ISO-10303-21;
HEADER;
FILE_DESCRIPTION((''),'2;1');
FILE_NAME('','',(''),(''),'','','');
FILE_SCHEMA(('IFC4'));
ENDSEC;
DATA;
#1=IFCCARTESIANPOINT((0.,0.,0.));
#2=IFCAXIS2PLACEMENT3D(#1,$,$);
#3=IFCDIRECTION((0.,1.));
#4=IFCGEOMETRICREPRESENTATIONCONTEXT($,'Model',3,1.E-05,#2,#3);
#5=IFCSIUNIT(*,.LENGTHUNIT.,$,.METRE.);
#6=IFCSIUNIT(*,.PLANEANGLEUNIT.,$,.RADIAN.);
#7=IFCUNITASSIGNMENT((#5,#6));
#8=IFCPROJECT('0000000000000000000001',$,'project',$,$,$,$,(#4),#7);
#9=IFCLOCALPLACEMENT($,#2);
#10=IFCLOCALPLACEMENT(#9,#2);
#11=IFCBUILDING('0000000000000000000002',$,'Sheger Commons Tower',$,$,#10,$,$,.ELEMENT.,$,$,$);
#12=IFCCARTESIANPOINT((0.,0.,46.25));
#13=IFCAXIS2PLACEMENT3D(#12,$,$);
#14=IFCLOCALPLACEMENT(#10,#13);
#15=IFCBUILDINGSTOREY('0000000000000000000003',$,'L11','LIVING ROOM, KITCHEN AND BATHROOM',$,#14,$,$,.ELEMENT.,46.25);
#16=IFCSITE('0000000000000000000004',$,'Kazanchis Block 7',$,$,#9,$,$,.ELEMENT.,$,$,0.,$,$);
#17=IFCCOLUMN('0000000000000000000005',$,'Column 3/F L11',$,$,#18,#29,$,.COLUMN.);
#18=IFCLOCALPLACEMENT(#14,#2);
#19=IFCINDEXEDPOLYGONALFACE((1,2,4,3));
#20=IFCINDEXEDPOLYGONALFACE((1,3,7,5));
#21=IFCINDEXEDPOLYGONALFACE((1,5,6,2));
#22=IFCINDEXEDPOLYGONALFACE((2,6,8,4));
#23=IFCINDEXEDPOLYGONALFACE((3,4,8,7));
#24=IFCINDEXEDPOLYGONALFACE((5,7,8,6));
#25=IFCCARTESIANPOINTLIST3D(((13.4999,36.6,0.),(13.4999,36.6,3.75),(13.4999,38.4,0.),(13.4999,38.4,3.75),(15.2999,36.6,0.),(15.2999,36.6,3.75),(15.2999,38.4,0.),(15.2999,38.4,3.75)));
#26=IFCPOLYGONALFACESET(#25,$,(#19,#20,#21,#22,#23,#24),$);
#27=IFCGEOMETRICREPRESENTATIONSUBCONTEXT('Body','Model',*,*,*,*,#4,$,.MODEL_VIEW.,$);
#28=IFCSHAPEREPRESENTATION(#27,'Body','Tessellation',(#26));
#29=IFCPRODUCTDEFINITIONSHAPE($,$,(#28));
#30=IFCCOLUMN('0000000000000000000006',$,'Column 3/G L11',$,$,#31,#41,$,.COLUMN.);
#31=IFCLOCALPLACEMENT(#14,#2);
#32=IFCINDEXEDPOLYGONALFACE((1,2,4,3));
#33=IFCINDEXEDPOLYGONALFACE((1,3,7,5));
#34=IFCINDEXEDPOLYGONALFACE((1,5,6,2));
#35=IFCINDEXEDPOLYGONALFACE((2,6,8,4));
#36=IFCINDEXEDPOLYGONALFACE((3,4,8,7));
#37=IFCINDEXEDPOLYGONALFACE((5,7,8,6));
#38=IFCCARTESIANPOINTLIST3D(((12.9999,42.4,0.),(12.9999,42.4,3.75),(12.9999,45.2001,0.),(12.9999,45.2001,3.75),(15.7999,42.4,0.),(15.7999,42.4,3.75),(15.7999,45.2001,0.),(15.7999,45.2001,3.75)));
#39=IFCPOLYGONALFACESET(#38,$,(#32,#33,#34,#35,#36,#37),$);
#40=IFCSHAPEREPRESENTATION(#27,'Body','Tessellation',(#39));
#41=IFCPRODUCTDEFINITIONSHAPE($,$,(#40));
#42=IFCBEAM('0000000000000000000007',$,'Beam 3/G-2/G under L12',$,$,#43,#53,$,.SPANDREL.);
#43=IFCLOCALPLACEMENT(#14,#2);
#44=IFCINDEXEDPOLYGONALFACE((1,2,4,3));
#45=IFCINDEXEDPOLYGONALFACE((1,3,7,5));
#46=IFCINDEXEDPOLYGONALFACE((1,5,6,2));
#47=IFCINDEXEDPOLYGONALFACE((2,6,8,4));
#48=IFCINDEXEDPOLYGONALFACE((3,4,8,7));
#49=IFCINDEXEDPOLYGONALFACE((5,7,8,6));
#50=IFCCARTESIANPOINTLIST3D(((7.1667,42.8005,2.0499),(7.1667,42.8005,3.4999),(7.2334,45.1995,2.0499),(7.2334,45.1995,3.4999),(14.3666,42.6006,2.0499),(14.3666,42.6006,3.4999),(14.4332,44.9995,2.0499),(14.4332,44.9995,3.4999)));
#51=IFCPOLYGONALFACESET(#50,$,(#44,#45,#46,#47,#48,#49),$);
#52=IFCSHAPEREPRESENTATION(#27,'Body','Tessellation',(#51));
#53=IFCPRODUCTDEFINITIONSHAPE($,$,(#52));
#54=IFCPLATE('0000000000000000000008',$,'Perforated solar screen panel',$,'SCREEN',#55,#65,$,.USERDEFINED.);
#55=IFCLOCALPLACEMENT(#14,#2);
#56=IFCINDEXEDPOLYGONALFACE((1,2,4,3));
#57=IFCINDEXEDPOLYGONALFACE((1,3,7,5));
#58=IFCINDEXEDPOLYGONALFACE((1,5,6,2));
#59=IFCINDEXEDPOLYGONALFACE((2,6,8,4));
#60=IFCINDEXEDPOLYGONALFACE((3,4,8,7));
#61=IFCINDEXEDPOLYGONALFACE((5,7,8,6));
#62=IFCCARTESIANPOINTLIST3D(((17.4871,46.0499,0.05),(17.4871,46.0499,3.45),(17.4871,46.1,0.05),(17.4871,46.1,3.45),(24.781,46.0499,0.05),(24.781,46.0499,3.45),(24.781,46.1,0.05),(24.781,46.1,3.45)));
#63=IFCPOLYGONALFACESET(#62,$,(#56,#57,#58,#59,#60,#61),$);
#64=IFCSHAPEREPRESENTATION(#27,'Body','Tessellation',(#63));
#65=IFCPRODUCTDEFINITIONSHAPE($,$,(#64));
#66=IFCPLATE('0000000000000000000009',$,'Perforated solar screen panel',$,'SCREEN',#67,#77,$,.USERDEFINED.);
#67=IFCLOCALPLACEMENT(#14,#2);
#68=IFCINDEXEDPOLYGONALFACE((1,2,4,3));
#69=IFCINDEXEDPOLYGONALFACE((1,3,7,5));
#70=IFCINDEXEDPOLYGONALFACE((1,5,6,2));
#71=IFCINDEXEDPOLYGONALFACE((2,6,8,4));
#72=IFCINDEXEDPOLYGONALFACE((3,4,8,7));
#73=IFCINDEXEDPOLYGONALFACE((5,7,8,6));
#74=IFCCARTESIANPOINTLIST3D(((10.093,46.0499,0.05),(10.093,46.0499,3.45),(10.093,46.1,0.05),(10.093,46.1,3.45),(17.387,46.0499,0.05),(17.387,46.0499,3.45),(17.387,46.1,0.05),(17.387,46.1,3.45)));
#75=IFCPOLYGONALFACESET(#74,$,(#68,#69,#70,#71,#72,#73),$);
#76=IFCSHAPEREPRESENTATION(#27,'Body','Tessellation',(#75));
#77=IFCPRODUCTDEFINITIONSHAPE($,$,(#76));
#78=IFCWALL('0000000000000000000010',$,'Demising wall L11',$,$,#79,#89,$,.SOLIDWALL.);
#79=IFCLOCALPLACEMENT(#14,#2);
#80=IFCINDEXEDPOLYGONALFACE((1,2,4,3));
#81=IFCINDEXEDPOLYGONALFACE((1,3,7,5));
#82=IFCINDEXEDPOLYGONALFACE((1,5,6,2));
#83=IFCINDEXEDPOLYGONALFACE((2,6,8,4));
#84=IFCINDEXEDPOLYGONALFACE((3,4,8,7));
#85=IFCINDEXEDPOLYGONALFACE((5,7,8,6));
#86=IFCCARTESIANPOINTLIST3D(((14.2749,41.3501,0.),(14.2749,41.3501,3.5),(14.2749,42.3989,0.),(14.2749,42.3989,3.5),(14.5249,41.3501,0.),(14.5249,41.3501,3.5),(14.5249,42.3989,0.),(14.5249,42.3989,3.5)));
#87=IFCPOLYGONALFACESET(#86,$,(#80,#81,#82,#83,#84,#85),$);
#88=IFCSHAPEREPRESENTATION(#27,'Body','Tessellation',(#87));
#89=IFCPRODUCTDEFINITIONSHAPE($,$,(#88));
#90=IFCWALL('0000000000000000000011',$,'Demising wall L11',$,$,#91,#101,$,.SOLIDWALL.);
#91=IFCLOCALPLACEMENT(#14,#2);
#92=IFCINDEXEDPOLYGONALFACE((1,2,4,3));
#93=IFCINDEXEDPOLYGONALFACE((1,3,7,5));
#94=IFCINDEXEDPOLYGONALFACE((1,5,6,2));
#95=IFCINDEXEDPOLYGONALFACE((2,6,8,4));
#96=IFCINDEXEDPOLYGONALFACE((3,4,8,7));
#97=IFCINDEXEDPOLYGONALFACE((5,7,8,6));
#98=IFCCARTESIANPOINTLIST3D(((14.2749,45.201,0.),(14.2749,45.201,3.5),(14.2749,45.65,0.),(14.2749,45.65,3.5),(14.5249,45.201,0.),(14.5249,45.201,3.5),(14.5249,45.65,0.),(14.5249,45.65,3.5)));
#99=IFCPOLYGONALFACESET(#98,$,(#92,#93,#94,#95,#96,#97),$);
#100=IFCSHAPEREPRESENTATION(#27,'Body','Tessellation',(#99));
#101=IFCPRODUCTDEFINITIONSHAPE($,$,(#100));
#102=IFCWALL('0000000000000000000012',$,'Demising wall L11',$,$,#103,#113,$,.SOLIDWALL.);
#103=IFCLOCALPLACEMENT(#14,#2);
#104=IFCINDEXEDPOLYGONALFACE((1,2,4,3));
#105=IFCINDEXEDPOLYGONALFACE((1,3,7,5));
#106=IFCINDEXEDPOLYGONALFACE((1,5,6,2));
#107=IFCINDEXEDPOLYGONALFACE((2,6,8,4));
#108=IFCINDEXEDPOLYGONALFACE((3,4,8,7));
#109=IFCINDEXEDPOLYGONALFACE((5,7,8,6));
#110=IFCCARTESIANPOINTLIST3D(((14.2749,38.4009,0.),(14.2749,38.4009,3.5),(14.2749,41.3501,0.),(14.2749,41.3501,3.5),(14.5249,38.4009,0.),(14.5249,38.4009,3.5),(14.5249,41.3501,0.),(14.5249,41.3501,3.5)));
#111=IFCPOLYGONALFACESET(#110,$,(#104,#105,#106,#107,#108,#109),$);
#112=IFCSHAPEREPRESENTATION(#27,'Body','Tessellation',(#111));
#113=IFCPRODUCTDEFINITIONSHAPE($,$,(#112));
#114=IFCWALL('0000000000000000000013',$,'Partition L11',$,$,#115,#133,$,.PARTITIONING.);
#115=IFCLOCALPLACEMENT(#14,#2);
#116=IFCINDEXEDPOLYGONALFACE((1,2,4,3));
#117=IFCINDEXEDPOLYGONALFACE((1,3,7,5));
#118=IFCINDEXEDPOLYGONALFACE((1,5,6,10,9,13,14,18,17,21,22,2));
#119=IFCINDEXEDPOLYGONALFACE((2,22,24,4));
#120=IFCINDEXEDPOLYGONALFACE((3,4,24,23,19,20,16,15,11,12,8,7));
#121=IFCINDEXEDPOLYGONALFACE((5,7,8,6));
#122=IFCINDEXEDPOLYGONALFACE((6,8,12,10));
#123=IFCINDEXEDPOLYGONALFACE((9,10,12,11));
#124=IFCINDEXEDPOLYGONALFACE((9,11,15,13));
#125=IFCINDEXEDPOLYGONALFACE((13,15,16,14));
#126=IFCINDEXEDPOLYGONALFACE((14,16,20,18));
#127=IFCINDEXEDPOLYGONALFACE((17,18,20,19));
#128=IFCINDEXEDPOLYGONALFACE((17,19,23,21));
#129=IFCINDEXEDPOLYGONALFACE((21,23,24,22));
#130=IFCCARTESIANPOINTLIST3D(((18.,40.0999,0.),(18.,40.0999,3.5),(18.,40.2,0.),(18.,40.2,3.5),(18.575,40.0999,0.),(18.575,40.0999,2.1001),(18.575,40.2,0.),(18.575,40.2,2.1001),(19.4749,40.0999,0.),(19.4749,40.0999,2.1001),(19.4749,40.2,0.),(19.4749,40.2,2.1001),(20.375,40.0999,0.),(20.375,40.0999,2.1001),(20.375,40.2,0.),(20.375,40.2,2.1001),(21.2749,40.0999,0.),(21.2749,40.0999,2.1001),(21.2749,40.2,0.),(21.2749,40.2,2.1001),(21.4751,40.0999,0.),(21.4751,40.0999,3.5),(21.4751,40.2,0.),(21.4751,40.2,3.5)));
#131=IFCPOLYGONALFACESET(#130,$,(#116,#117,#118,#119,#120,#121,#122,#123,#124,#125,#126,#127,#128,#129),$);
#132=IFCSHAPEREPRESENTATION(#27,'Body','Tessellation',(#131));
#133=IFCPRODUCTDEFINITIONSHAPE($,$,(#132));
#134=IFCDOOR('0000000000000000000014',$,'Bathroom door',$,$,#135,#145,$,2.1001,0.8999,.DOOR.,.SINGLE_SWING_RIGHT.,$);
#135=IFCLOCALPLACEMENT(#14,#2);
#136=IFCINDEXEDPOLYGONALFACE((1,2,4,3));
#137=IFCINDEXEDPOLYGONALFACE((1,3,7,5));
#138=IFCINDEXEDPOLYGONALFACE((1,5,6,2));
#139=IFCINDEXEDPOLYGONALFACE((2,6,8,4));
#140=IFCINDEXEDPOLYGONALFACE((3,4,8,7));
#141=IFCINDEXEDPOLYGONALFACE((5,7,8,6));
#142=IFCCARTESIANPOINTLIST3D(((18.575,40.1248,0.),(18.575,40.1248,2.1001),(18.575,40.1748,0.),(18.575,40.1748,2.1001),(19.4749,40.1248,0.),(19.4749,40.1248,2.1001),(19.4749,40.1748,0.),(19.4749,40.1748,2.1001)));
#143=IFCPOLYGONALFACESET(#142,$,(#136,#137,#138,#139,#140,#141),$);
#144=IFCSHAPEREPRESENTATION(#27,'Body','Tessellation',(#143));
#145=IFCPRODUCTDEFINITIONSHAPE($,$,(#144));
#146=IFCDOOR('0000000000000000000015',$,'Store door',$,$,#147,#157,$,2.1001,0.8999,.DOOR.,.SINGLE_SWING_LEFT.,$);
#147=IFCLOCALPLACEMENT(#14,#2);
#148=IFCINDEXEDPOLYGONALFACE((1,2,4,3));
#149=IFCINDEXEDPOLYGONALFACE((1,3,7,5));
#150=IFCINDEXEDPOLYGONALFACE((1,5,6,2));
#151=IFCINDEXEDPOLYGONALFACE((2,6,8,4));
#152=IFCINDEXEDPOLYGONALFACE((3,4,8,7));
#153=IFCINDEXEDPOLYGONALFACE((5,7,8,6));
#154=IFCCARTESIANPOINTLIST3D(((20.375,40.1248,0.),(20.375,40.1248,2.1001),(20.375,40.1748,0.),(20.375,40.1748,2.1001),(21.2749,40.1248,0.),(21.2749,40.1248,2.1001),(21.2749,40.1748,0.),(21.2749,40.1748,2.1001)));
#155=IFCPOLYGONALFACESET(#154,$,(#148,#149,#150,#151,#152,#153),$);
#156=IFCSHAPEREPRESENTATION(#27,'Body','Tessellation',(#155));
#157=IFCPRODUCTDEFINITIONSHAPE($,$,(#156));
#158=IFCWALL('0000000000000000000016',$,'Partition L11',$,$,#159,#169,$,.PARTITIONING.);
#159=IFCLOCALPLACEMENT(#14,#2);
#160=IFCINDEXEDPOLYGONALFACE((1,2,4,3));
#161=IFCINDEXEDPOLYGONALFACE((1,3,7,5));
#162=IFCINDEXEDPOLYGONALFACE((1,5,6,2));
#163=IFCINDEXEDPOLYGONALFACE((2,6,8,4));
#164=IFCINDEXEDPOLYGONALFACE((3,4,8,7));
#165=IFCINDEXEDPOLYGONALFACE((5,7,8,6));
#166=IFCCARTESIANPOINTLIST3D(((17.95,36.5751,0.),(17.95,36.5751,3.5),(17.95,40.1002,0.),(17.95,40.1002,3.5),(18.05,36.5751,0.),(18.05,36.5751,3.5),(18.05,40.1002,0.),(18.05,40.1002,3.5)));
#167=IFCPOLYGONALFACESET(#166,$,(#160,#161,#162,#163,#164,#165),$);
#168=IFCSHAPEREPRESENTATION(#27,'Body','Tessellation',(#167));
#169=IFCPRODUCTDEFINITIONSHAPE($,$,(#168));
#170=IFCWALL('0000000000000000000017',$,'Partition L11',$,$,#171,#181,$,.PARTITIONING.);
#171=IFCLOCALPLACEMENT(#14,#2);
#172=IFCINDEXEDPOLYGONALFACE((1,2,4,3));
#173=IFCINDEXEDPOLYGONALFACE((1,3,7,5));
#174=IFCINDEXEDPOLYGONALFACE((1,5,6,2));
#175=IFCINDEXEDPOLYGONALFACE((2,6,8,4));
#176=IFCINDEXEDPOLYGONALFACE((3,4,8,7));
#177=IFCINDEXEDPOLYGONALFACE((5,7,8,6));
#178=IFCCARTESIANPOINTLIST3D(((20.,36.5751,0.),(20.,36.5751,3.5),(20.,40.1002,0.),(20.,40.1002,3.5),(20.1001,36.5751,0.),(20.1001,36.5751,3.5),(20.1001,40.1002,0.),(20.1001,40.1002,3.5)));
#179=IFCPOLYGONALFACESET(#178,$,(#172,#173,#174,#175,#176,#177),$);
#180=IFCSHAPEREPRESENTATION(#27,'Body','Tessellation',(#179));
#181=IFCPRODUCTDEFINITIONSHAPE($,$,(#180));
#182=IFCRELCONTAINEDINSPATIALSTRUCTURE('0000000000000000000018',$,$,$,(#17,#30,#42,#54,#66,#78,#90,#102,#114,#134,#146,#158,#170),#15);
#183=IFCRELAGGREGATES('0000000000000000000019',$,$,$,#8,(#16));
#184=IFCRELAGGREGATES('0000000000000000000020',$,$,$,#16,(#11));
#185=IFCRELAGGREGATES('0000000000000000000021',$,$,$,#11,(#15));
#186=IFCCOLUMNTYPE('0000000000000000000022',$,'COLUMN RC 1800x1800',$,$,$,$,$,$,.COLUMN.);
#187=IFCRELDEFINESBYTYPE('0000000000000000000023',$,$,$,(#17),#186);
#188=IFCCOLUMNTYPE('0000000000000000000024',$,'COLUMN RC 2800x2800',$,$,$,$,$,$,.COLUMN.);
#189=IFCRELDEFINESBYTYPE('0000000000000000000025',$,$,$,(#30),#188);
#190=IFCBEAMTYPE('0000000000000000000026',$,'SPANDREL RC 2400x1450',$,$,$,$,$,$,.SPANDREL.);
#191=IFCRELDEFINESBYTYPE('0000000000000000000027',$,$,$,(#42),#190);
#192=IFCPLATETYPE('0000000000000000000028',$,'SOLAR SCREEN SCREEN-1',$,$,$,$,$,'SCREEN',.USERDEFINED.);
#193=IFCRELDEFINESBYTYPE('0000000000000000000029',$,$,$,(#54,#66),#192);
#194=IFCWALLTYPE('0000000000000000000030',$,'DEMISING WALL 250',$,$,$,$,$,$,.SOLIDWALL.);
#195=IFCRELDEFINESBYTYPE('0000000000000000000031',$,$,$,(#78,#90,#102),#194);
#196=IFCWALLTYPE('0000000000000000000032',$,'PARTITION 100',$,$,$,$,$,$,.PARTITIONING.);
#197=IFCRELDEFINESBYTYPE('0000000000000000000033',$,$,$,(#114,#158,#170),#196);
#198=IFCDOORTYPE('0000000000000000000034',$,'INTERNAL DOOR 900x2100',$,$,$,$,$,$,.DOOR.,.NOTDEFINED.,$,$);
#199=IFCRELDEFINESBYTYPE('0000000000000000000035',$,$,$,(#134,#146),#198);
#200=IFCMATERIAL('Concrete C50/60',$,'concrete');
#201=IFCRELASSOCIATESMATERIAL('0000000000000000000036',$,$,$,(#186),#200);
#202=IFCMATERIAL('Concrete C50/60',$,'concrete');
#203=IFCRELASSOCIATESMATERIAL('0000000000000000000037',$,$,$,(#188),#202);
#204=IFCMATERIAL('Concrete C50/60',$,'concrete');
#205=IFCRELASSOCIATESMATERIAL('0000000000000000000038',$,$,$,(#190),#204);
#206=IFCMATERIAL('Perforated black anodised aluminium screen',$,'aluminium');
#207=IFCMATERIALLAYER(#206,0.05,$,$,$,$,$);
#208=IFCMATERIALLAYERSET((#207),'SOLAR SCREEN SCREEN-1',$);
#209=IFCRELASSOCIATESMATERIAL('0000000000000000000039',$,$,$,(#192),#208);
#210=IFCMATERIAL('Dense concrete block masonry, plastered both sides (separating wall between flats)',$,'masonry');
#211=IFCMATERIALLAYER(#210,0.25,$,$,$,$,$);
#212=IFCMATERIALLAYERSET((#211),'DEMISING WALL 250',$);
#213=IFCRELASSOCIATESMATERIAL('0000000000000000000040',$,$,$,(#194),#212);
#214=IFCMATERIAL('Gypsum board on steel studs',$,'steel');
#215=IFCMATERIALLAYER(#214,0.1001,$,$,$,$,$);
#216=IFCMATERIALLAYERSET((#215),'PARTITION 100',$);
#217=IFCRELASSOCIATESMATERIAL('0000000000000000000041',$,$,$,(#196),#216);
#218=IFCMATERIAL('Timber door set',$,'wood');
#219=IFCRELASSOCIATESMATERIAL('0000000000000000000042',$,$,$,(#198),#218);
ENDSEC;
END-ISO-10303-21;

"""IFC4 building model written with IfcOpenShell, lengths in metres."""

from ifc_helpers import new_model, si_unit, direction, frame, frame_2d, origin, origin_2d, place, context, subcontext, project, spatial, rectangle, extrude, material, layer, layer_set, material_profile, profile_set, type_object, element, fill, save


model = new_model("IFC4")

# Units and contexts
model_context = context("Model", 3, precision=1e-05, world=origin(), true_north=direction((0.0, 1.0)))
body_context = subcontext(model_context, "Body", "Model", "MODEL_VIEW")
ifc_project = project(units=[si_unit("LENGTHUNIT", "METRE"), si_unit("PLANEANGLEUNIT", "RADIAN")], contexts=[model_context])

# Site, building, storey
site_placement = place(None, origin())
site = spatial("IfcSite", under=ifc_project, at=site_placement, Name="Kazanchis Block 7", CompositionType="ELEMENT", RefElevation=0.0)
building_placement = place(site_placement, origin())
building = spatial("IfcBuilding", under=site, at=building_placement, Name="Sheger Commons Tower", CompositionType="ELEMENT")
storey_placement = place(building_placement, frame((0.0, 0.0, 46.25)))
storey = spatial("IfcBuildingStorey", under=building, at=storey_placement, Name="L11", Description="LIVING ROOM, KITCHEN AND BATHROOM", CompositionType="ELEMENT", Elevation=46.25)

# Columns
ifc_material_1 = material(Name="Concrete C50/60", Category="concrete")
ifc_material_profile_1 = material_profile(ifc_material_1, rectangle(XDim=1.8, YDim=1.8, at=origin_2d()), Name="RC 1800x1800")
ifc_profile_set_1 = profile_set([ifc_material_profile_1], Name="Concrete C50/60")
column_type_1 = type_object("IfcColumnType", Name="COLUMN RC 1800x1800", PredefinedType="COLUMN", material=ifc_profile_set_1)
column_1_placement = place(storey_placement, frame((14.3999, 37.5, 0.0), z_axis=(0.0, 0.0, 1.0), x_axis=(1.0, 0.0, 0.0)))
element("IfcColumn", 1, at=column_1_placement, inside=storey, type_object=column_type_1, Name="Column 3/F L11", PredefinedType="COLUMN", context=body_context, shape_type="SweptSolid", body=[
    extrude(rectangle(XDim=1.8, YDim=1.8, at=origin_2d()), origin(), (0.0, 0.0, 1.0), 3.75),
])
ifc_material_2 = material(Name="Concrete C50/60", Category="concrete")
ifc_material_profile_2 = material_profile(ifc_material_2, rectangle(XDim=2.8, YDim=2.8, at=origin_2d()), Name="RC 2800x2800")
ifc_profile_set_2 = profile_set([ifc_material_profile_2], Name="Concrete C50/60")
column_type_2 = type_object("IfcColumnType", Name="COLUMN RC 2800x2800", PredefinedType="COLUMN", material=ifc_profile_set_2)
column_2_placement = place(storey_placement, frame((14.3999, 43.8, 0.0), z_axis=(0.0, 0.0, 1.0), x_axis=(1.0, 0.0, 0.0)))
element("IfcColumn", 2, at=column_2_placement, inside=storey, type_object=column_type_2, Name="Column 3/G L11", PredefinedType="COLUMN", context=body_context, shape_type="SweptSolid", body=[
    extrude(rectangle(XDim=2.8, YDim=2.8, at=origin_2d()), origin(), (0.0, 0.0, 1.0), 3.75),
])

# Beam
ifc_material_3 = material(Name="Concrete C50/60", Category="concrete")
ifc_material_profile_3 = material_profile(ifc_material_3, rectangle(XDim=2.3999, YDim=1.45, at=origin_2d()), Name="RC 2400x1450")
ifc_profile_set_3 = profile_set([ifc_material_profile_3], Name="Concrete C50/60")
beam_type = type_object("IfcBeamType", Name="SPANDREL RC 2400x1450", PredefinedType="SPANDREL", material=ifc_profile_set_3)
beam_placement = place(storey_placement, frame((14.3999, 43.8, 2.7749), z_axis=(-0.999615, 0.02776, 0.0), x_axis=(-0.02776, -0.999615, 0.0)))
element("IfcBeam", 3, at=beam_placement, inside=storey, type_object=beam_type, Name="Beam 3/G-2/G under L12", PredefinedType="SPANDREL", context=body_context, shape_type="SweptSolid", body=[
    extrude(rectangle(XDim=2.3999, YDim=1.45, at=origin_2d()), origin(), (0.0, 0.0, 1.0), 7.2026),
])

# Plates
ifc_material_4 = material(Name="Perforated black anodised aluminium screen", Category="aluminium")
ifc_layer_1 = layer(ifc_material_4, 0.05)
ifc_layer_set_1 = layer_set([ifc_layer_1], Name="SOLAR SCREEN SCREEN-1")
plate_type = type_object("IfcPlateType", Name="SOLAR SCREEN SCREEN-1", ElementType="SCREEN", PredefinedType="USERDEFINED", material=ifc_layer_set_1)
for number, where, z_axis, x_axis, name in (
    (4, (21.134, 46.075, 0.05), (0.0, 0.0, 1.0), (-1.0, 0.0, 0.0), "Perforated solar screen panel"),
    (5, (13.74, 46.075, 0.05), (0.0, 0.0, 1.0), (-1.0, 0.0, 0.0), "Perforated solar screen panel"),
):
    element("IfcPlate", number, at=place(storey_placement, frame(where, z_axis=z_axis, x_axis=x_axis)), inside=storey, type_object=plate_type, Name=name, ObjectType="SCREEN", PredefinedType="USERDEFINED", context=body_context, shape_type="SweptSolid", body=[
        extrude(rectangle(XDim=7.2939, YDim=0.05, at=origin_2d()), origin(), (0.0, 0.0, 1.0), 3.3999),
    ])

# Walls
ifc_material_5 = material(Name="Dense concrete block masonry, plastered both sides (separating wall between flats)", Category="masonry")
ifc_layer_2 = layer(ifc_material_5, 0.25)
ifc_layer_set_2 = layer_set([ifc_layer_2], Name="DEMISING WALL 250")
wall_type_1 = type_object("IfcWallType", Name="DEMISING WALL 250", PredefinedType="SOLIDWALL", material=ifc_layer_set_2)
wall_1_placement = place(storey_placement, frame((14.3999, 41.3501, 0.0), z_axis=(0.0, 0.0, 1.0), x_axis=(0.0, 1.0, 0.0)))
element("IfcWall", 6, at=wall_1_placement, inside=storey, type_object=wall_type_1, Name="Demising wall L11", PredefinedType="SOLIDWALL", context=body_context, shape_type="SweptSolid", body=[
    extrude(rectangle(XDim=1.0488, YDim=0.25, at=frame_2d((0.5244, 0.0))), origin(), (0.0, 0.0, 1.0), 3.5),
])
wall_2_placement = place(storey_placement, frame((14.3999, 45.2009, 0.0), z_axis=(0.0, 0.0, 1.0), x_axis=(0.0, 1.0, 0.0)))
element("IfcWall", 7, at=wall_2_placement, inside=storey, type_object=wall_type_1, Name="Demising wall L11", PredefinedType="SOLIDWALL", context=body_context, shape_type="SweptSolid", body=[
    extrude(rectangle(XDim=0.449, YDim=0.25, at=frame_2d((0.2246, 0.0))), origin(), (0.0, 0.0, 1.0), 3.5),
])
wall_3_placement = place(storey_placement, frame((14.3999, 38.4009, 0.0), z_axis=(0.0, 0.0, 1.0), x_axis=(0.0, 1.0, 0.0)))
element("IfcWall", 8, at=wall_3_placement, inside=storey, type_object=wall_type_1, Name="Demising wall L11", PredefinedType="SOLIDWALL", context=body_context, shape_type="SweptSolid", body=[
    extrude(rectangle(XDim=2.9492, YDim=0.25, at=frame_2d((1.4746, 0.0))), origin(), (0.0, 0.0, 1.0), 3.5),
])

# Wall, openings, doors
ifc_material_6 = material(Name="Gypsum board on steel studs", Category="steel")
ifc_layer_3 = layer(ifc_material_6, 0.1001)
ifc_layer_set_3 = layer_set([ifc_layer_3], Name="PARTITION 100")
wall_type_2 = type_object("IfcWallType", Name="PARTITION 100", PredefinedType="PARTITIONING", material=ifc_layer_set_3)
wall_4_placement = place(storey_placement, frame((18.0, 40.1499, 0.0), z_axis=(0.0, 0.0, 1.0), x_axis=(1.0, 0.0, 0.0)))
wall_4 = element("IfcWall", 9, at=wall_4_placement, inside=storey, type_object=wall_type_2, Name="Partition L11", PredefinedType="PARTITIONING", context=body_context, shape_type="SweptSolid", body=[
    extrude(rectangle(XDim=3.4751, YDim=0.1001, at=frame_2d((1.7375, 0.0))), origin(), (0.0, 0.0, 1.0), 3.5),
])
opening_1_placement = place(wall_4_placement, frame((0.575, 0.0, 0.0)))
opening_1 = element("IfcOpeningElement", 10, at=opening_1_placement, cuts=wall_4, PredefinedType="OPENING", context=body_context, shape_type="SweptSolid", body=[
    extrude(rectangle(XDim=0.8999, YDim=2.1001, at=frame_2d((0.45, 1.05))), frame((0.0, 0.0601, 0.0), z_axis=(0.0, -1.0, 0.0), x_axis=(1.0, 0.0, 0.0)), (0.0, 0.0, 1.0), 0.1201),
])
opening_2_placement = place(wall_4_placement, frame((2.375, 0.0, 0.0)))
opening_2 = element("IfcOpeningElement", 11, at=opening_2_placement, cuts=wall_4, PredefinedType="OPENING", context=body_context, shape_type="SweptSolid", body=[
    extrude(rectangle(XDim=0.8999, YDim=2.1001, at=frame_2d((0.45, 1.05))), frame((0.0, 0.0601, 0.0), z_axis=(0.0, -1.0, 0.0), x_axis=(1.0, 0.0, 0.0)), (0.0, 0.0, 1.0), 0.1201),
])
ifc_material_7 = material(Name="Timber door set", Category="wood")
door_type = type_object("IfcDoorType", Name="INTERNAL DOOR 900x2100", OperationType="NOTDEFINED", PredefinedType="DOOR", material=ifc_material_7)
door_1_placement = place(opening_1_placement, origin())
door_1 = element("IfcDoor", 12, at=door_1_placement, inside=storey, type_object=door_type, Name="Bathroom door", OperationType="SINGLE_SWING_RIGHT", OverallHeight=2.1001, OverallWidth=0.8999, PredefinedType="DOOR", context=body_context, shape_type="SweptSolid", body=[
    extrude(rectangle(XDim=0.8999, YDim=2.1001, at=frame_2d((0.45, 1.05))), frame((0.0, 0.0249, 0.0), z_axis=(0.0, -1.0, 0.0), x_axis=(1.0, 0.0, 0.0)), (0.0, 0.0, 1.0), 0.05),
])
fill(opening_1, door_1)
door_2_placement = place(opening_2_placement, origin())
door_2 = element("IfcDoor", 13, at=door_2_placement, inside=storey, type_object=door_type, Name="Store door", OperationType="SINGLE_SWING_LEFT", OverallHeight=2.1001, OverallWidth=0.8999, PredefinedType="DOOR", context=body_context, shape_type="SweptSolid", body=[
    extrude(rectangle(XDim=0.8999, YDim=2.1001, at=frame_2d((0.45, 1.05))), frame((0.0, 0.0249, 0.0), z_axis=(0.0, -1.0, 0.0), x_axis=(1.0, 0.0, 0.0)), (0.0, 0.0, 1.0), 0.05),
])
fill(opening_2, door_2)

# Walls
for number, where, z_axis, x_axis, name in (
    (14, (18.0, 36.575, 0.0), (0.0, 0.0, 1.0), (0.0, 1.0, 0.0), "Partition L11"),
    (15, (20.05, 36.575, 0.0), (0.0, 0.0, 1.0), (0.0, 1.0, 0.0), "Partition L11"),
):
    element("IfcWall", number, at=place(storey_placement, frame(where, z_axis=z_axis, x_axis=x_axis)), inside=storey, type_object=wall_type_2, Name=name, PredefinedType="PARTITIONING", context=body_context, shape_type="SweptSolid", body=[
        extrude(rectangle(XDim=3.5251, YDim=0.1001, at=frame_2d((1.7627, 0.0))), origin(), (0.0, 0.0, 1.0), 3.5),
    ])

save(model, "model.ifc")
